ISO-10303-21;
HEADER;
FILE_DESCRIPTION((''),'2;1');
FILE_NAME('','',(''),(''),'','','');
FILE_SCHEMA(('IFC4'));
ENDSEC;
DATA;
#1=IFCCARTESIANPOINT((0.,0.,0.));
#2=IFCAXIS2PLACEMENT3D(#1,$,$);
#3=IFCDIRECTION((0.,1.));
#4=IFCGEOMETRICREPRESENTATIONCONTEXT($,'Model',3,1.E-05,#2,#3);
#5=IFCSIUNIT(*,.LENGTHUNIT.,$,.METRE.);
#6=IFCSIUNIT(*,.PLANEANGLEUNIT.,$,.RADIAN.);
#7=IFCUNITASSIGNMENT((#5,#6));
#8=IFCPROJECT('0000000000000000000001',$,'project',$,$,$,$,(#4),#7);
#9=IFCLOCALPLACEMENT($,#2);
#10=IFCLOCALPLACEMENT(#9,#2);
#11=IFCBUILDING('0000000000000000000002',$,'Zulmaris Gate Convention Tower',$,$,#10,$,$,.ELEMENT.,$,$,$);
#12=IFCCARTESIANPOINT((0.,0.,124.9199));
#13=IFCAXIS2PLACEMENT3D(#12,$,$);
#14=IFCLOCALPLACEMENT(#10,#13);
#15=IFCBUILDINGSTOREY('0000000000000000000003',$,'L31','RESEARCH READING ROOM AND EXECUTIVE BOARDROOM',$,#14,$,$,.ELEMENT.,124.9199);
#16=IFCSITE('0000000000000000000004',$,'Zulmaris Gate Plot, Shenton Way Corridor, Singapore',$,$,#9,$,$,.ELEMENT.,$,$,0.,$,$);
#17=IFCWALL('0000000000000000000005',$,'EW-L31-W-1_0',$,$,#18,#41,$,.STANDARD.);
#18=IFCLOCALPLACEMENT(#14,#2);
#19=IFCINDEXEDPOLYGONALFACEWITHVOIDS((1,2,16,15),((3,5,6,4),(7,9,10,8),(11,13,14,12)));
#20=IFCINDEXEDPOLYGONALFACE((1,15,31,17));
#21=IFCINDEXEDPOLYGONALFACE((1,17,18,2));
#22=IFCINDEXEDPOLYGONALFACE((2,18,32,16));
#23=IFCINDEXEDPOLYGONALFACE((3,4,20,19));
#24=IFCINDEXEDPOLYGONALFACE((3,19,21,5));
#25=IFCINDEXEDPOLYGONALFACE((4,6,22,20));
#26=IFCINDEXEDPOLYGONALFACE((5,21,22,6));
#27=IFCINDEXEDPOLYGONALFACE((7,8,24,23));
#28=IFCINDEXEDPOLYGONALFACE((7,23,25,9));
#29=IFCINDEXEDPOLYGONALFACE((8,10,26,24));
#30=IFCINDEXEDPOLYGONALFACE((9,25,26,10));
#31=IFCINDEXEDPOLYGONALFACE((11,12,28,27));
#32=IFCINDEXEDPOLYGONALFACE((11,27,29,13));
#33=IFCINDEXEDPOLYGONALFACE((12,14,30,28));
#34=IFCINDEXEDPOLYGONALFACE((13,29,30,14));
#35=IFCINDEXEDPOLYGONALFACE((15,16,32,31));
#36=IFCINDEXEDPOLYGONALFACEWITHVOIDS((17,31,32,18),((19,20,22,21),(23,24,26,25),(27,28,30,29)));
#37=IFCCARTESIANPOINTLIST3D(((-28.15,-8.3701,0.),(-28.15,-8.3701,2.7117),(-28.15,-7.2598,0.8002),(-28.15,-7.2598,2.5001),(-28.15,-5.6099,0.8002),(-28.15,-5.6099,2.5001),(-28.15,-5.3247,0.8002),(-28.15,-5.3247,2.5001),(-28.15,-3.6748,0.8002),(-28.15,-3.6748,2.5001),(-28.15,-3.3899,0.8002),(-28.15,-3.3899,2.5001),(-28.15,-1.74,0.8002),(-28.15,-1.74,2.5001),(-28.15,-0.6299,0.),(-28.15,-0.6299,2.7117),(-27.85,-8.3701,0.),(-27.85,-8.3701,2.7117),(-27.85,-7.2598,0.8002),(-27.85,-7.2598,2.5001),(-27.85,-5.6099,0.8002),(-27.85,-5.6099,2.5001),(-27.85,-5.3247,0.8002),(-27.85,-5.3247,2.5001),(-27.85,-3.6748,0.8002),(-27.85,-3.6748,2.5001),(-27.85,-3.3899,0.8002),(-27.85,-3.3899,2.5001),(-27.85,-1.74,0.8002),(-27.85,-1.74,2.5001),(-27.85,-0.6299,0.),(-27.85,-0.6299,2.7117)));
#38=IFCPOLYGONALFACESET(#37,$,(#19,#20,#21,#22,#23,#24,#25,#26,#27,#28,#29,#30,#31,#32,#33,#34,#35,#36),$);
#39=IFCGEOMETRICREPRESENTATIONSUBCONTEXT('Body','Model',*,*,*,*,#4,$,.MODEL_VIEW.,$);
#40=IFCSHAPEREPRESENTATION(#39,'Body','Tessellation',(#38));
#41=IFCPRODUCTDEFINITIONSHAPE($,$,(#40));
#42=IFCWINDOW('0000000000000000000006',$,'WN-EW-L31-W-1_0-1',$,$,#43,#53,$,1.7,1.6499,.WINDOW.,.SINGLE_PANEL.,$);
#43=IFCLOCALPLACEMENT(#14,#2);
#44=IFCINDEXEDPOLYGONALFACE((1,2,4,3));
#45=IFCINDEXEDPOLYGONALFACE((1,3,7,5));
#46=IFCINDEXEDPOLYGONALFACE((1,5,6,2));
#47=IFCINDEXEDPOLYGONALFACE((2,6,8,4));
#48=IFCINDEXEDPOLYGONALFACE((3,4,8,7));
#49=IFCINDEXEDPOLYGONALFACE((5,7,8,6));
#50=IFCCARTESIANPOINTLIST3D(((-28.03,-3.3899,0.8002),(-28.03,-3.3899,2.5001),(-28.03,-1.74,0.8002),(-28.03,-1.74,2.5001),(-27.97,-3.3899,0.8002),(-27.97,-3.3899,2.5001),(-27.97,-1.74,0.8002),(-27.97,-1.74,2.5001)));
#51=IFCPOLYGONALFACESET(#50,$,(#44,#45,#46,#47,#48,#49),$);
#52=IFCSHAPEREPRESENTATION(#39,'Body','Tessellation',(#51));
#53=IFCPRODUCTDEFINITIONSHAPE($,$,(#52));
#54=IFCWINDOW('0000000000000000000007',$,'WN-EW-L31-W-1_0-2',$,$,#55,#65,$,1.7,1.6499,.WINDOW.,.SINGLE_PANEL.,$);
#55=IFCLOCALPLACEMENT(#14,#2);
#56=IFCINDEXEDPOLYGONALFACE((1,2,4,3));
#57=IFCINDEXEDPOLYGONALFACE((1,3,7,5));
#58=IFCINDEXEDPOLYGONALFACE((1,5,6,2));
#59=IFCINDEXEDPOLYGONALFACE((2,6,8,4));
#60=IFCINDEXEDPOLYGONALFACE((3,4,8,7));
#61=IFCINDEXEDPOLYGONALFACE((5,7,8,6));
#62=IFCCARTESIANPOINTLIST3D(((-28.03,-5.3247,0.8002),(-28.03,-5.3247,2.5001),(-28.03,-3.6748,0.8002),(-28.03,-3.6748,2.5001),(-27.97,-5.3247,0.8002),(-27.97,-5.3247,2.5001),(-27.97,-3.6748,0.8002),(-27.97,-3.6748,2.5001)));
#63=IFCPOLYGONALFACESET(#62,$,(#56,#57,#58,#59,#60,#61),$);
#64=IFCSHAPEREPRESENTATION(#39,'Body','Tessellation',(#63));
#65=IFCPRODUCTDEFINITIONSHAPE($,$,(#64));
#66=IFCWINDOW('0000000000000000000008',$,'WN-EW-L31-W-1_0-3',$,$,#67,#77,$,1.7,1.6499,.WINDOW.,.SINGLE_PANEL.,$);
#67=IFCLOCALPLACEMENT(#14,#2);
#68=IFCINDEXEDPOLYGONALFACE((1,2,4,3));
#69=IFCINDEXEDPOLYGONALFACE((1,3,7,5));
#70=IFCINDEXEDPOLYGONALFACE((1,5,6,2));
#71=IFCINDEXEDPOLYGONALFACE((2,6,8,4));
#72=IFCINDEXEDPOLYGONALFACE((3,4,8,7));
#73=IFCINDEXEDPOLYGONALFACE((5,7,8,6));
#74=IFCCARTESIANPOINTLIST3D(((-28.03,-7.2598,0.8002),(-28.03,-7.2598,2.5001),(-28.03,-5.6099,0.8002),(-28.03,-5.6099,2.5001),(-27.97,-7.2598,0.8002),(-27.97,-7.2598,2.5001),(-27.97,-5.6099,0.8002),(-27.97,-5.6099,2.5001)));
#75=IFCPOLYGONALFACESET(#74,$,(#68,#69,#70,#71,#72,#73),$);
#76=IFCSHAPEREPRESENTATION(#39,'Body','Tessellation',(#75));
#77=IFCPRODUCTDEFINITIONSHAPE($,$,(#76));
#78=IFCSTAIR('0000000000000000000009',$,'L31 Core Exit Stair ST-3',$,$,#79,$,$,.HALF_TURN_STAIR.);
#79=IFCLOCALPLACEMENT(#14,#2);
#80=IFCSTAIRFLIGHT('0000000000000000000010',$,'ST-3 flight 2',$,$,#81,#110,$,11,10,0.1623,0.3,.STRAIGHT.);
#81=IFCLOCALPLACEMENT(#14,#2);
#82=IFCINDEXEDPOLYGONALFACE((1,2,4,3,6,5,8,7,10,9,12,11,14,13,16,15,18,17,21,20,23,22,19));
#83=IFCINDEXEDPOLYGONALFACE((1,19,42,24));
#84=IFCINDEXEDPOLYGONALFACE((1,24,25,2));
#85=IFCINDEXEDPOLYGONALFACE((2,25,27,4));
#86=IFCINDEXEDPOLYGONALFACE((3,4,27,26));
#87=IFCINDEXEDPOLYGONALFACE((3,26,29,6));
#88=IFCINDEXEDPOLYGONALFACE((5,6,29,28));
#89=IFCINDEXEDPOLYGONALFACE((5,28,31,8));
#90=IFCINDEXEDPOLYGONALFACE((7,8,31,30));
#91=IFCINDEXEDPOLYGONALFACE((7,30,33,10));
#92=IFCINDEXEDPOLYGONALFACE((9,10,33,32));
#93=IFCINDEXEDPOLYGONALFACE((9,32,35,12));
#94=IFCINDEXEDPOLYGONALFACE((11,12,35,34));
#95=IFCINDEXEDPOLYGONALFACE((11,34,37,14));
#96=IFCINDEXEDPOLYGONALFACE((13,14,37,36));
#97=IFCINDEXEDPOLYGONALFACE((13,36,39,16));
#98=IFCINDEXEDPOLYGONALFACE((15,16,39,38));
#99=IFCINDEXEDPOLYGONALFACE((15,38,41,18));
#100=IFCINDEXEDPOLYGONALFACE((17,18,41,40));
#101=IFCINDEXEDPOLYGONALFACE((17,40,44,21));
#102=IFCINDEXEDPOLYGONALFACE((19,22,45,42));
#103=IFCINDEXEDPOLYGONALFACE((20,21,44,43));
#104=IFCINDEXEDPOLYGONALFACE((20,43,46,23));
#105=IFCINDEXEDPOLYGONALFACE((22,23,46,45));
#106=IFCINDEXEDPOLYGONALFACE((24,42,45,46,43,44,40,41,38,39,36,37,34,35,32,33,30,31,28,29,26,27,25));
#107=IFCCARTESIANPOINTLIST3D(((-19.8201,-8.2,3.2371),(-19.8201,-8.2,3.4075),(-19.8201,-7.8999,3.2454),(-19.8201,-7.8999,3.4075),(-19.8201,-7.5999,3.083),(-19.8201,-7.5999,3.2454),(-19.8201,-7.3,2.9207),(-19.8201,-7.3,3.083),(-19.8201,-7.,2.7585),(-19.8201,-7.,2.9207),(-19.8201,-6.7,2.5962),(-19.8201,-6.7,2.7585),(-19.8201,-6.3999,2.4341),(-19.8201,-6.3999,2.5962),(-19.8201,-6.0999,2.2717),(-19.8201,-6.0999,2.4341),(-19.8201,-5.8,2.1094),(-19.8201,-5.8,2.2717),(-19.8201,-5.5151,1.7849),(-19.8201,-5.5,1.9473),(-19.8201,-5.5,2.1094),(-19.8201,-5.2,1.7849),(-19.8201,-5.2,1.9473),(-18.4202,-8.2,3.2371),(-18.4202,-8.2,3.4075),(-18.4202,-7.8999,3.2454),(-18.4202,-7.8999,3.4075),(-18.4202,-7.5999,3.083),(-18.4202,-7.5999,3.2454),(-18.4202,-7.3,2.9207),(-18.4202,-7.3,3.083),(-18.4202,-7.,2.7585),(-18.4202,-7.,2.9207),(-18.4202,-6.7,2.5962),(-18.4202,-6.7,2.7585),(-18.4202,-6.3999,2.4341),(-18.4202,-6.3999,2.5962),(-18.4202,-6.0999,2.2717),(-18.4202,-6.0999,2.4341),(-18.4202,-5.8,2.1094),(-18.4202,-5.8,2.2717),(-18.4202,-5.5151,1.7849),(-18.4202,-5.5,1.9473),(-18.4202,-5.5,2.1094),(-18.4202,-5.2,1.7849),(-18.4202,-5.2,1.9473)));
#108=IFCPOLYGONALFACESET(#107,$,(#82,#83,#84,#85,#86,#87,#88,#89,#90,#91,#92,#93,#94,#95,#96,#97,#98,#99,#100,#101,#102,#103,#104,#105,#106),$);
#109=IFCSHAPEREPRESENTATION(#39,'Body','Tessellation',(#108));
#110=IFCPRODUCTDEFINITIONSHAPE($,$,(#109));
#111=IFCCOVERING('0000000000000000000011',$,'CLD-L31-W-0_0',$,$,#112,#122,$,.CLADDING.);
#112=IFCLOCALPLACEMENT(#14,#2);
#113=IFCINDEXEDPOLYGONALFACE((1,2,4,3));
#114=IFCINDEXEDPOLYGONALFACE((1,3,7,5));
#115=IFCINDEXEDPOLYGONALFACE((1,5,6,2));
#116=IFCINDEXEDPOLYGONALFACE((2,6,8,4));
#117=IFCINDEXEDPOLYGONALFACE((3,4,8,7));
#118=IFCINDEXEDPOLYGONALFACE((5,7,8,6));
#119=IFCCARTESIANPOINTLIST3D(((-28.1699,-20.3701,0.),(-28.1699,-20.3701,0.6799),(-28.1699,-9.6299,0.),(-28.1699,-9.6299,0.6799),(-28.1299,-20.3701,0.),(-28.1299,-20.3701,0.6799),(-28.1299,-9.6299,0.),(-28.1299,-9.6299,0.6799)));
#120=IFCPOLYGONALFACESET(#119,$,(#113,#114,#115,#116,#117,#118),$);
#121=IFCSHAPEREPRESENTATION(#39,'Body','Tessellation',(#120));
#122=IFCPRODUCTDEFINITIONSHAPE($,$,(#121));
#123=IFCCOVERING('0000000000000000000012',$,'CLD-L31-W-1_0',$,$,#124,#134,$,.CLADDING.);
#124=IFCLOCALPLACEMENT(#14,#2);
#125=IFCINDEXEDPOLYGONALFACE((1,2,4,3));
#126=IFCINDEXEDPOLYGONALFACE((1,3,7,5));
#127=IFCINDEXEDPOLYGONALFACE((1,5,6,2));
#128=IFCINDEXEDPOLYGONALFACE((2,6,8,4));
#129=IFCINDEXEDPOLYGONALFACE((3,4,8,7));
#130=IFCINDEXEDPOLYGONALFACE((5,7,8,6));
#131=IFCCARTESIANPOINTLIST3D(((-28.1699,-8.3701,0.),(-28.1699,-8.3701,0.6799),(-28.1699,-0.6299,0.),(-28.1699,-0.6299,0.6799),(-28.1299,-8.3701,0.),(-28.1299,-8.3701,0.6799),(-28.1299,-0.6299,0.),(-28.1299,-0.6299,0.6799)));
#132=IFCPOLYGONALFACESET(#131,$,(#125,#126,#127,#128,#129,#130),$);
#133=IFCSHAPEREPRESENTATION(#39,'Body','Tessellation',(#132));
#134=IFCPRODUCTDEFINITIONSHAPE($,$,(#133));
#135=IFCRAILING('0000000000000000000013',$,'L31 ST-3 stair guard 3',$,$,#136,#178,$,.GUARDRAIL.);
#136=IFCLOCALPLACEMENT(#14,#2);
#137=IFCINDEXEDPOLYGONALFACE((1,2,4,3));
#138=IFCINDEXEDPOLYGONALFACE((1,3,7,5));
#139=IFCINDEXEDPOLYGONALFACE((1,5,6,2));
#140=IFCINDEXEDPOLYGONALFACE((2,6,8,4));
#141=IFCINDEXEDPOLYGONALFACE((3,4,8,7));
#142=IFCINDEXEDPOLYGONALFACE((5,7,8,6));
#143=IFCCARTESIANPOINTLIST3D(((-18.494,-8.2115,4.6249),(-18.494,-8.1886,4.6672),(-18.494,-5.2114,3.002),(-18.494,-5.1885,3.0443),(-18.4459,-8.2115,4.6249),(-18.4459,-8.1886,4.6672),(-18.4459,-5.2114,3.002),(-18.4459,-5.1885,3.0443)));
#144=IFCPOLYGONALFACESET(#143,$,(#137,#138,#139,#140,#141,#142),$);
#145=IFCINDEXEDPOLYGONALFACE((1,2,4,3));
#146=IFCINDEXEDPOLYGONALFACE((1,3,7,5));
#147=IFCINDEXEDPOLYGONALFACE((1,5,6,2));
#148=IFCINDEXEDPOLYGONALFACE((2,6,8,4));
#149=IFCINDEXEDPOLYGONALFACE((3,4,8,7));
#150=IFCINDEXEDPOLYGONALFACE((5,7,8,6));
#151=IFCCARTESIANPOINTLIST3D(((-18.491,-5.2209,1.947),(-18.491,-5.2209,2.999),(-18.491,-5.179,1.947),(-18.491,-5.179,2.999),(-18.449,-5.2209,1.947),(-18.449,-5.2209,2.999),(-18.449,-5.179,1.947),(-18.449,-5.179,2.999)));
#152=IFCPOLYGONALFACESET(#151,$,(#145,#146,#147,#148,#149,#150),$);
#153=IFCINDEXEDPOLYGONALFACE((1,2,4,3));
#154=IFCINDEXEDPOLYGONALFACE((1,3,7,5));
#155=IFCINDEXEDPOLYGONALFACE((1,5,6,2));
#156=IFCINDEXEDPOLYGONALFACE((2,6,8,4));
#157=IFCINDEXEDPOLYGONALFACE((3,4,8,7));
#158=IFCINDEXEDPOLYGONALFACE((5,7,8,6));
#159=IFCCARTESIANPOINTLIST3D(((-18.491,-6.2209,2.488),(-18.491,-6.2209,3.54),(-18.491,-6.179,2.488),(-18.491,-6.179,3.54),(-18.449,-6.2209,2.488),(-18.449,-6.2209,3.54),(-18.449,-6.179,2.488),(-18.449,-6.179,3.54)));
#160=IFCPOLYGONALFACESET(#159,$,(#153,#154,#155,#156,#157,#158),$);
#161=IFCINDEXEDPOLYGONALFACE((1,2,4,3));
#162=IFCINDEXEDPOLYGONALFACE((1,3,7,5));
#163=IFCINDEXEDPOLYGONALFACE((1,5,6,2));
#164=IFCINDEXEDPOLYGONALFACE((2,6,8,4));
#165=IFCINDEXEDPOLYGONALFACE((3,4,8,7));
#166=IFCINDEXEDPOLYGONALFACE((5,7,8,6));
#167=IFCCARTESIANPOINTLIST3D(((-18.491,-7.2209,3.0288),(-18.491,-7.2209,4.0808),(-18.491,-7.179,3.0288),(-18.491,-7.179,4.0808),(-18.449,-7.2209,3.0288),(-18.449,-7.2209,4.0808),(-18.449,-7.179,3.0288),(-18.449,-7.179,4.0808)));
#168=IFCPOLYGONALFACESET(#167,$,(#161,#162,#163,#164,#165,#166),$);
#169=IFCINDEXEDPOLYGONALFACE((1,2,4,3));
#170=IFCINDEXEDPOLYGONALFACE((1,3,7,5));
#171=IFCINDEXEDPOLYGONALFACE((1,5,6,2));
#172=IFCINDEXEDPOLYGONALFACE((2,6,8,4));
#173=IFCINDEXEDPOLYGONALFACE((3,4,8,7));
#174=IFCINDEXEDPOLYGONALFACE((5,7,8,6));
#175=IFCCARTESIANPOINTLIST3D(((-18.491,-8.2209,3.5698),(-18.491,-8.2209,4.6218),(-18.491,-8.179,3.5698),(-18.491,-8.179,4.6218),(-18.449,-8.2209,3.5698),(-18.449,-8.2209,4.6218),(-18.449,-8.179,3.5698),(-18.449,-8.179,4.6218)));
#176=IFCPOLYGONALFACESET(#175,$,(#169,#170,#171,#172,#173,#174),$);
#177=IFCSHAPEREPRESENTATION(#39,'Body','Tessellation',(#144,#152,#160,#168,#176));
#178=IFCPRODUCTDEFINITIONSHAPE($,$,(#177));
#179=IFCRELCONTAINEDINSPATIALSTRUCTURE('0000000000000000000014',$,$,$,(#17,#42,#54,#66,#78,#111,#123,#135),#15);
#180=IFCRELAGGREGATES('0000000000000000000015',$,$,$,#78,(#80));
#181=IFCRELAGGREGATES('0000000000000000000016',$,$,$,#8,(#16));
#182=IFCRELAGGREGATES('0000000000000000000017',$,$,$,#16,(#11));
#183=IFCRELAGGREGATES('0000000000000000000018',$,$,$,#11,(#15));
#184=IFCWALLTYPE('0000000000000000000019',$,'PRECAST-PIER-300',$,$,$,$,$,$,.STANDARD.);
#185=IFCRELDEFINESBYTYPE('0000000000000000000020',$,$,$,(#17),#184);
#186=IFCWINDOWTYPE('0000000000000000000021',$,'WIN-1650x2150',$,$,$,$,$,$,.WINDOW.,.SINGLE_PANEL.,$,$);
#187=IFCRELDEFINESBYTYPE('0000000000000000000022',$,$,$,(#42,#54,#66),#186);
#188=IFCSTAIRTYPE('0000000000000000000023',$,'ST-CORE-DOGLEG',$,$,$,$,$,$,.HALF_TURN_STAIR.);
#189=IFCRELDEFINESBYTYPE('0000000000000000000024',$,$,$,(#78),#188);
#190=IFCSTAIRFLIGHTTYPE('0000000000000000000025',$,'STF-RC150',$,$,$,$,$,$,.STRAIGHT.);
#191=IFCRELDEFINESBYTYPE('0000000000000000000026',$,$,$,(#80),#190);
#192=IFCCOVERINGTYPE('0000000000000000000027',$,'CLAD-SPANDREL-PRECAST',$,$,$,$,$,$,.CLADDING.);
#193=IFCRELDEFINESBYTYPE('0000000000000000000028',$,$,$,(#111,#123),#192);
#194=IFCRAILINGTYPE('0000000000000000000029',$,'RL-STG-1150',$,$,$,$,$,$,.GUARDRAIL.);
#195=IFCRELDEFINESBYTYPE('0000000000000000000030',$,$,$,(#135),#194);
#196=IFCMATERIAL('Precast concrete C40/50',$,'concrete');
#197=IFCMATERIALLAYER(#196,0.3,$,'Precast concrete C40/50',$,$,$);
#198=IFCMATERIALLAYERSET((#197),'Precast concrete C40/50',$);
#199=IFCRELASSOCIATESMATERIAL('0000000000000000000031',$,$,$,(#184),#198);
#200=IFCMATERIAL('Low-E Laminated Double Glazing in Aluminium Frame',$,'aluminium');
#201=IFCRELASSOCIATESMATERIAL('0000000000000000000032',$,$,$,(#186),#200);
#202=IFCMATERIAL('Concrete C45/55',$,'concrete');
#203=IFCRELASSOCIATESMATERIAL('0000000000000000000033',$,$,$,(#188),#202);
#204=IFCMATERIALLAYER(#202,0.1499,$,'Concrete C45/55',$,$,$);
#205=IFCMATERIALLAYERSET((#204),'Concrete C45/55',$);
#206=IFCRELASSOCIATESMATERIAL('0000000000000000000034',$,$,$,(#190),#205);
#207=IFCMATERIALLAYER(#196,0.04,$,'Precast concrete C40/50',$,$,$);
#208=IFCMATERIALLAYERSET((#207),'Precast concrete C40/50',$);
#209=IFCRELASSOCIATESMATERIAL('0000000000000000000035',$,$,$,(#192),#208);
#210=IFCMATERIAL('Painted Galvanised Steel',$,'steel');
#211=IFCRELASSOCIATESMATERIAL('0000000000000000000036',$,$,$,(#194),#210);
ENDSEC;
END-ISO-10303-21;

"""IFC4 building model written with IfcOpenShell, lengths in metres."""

from ifc_helpers import new_model, si_unit, direction, frame, frame_2d, origin, origin_2d, place, context, subcontext, project, spatial, polyline, rectangle, outline, extrude, material, layer, layer_set, type_object, element, fill, aggregate, save


model = new_model("IFC4")

# Units and contexts
model_context = context("Model", 3, precision=1e-05, world=origin(), true_north=direction((0.0, 1.0)))
body_context = subcontext(model_context, "Body", "Model", "MODEL_VIEW")
ifc_project = project(units=[si_unit("LENGTHUNIT", "METRE"), si_unit("PLANEANGLEUNIT", "RADIAN")], contexts=[model_context])

# Site, building, storey
site_placement = place(None, origin())
site = spatial("IfcSite", under=ifc_project, at=site_placement, Name="Zulmaris Gate Plot, Shenton Way Corridor, Singapore", CompositionType="ELEMENT", RefElevation=0.0)
building_placement = place(site_placement, origin())
building = spatial("IfcBuilding", under=site, at=building_placement, Name="Zulmaris Gate Convention Tower", CompositionType="ELEMENT")
storey_placement = place(building_placement, frame((0.0, 0.0, 124.9199)))
storey = spatial("IfcBuildingStorey", under=building, at=storey_placement, Name="L31", Description="RESEARCH READING ROOM AND EXECUTIVE BOARDROOM", CompositionType="ELEMENT", Elevation=124.9199)

# Shared definitions
ifc_material_1 = material(Name="Precast concrete C40/50", Category="concrete")
ifc_layer_1 = layer(ifc_material_1, 0.3, Name="Precast concrete C40/50")
ifc_layer_set_1 = layer_set([ifc_layer_1], Name="Precast concrete C40/50")
wall_type_1 = type_object("IfcWallType", Name="PRECAST-PIER-300", PredefinedType="STANDARD", material=ifc_layer_set_1)

# Wall, openings, windows
wall_1_placement = place(storey_placement, frame((-28.0, -0.6299, 0.0), z_axis=(0.0, 0.0, 1.0), x_axis=(0.0, -1.0, 0.0)))
wall_1 = element("IfcWall", 1, at=wall_1_placement, inside=storey, type_object=wall_type_1, Name="EW-L31-W-1_0", PredefinedType="STANDARD", context=body_context, shape_type="SweptSolid", body=[
    extrude(rectangle(XDim=7.7402, YDim=0.3, at=frame_2d((3.8701, 0.0))), origin(), (0.0, 0.0, 1.0), 2.7117),
])
opening_1_placement = place(wall_1_placement, frame((1.1101, 0.0, 0.8)))
opening_1 = element("IfcOpeningElement", 2, at=opening_1_placement, cuts=wall_1, PredefinedType="OPENING", context=body_context, shape_type="SweptSolid", body=[
    extrude(rectangle(XDim=1.6499, YDim=1.7, at=frame_2d((0.825, 0.8501))), frame((0.0, 0.1602, 0.0), z_axis=(0.0, -1.0, 0.0), x_axis=(1.0, 0.0, 0.0)), (0.0, 0.0, 1.0), 0.3201),
])
opening_2_placement = place(wall_1_placement, frame((3.0449, 0.0, 0.8)))
opening_2 = element("IfcOpeningElement", 3, at=opening_2_placement, cuts=wall_1, PredefinedType="OPENING", context=body_context, shape_type="SweptSolid", body=[
    extrude(rectangle(XDim=1.6499, YDim=1.7, at=frame_2d((0.825, 0.8501))), frame((0.0, 0.1602, 0.0), z_axis=(0.0, -1.0, 0.0), x_axis=(1.0, 0.0, 0.0)), (0.0, 0.0, 1.0), 0.3201),
])
opening_3_placement = place(wall_1_placement, frame((4.98, 0.0, 0.8)))
opening_3 = element("IfcOpeningElement", 4, at=opening_3_placement, cuts=wall_1, PredefinedType="OPENING", context=body_context, shape_type="SweptSolid", body=[
    extrude(rectangle(XDim=1.6499, YDim=1.7, at=frame_2d((0.825, 0.8501))), frame((0.0, 0.1602, 0.0), z_axis=(0.0, -1.0, 0.0), x_axis=(1.0, 0.0, 0.0)), (0.0, 0.0, 1.0), 0.3201),
])
ifc_material_2 = material(Name="Low-E Laminated Double Glazing in Aluminium Frame", Category="aluminium")
window_type = type_object("IfcWindowType", Name="WIN-1650x2150", PartitioningType="SINGLE_PANEL", PredefinedType="WINDOW", material=ifc_material_2)
window_1_placement = place(opening_1_placement, origin())
window_1 = element("IfcWindow", 5, at=window_1_placement, inside=storey, type_object=window_type, Name="WN-EW-L31-W-1_0-1", OverallHeight=1.7, OverallWidth=1.6499, PartitioningType="SINGLE_PANEL", PredefinedType="WINDOW", context=body_context, shape_type="SweptSolid", body=[
    extrude(rectangle(XDim=1.6499, YDim=1.7, at=frame_2d((0.825, 0.8501))), frame((0.0, 0.03, 0.0), z_axis=(0.0, -1.0, 0.0), x_axis=(1.0, 0.0, 0.0)), (0.0, 0.0, 1.0), 0.0601),
])
fill(opening_1, window_1)
window_2_placement = place(opening_2_placement, origin())
window_2 = element("IfcWindow", 6, at=window_2_placement, inside=storey, type_object=window_type, Name="WN-EW-L31-W-1_0-2", OverallHeight=1.7, OverallWidth=1.6499, PartitioningType="SINGLE_PANEL", PredefinedType="WINDOW", context=body_context, shape_type="SweptSolid", body=[
    extrude(rectangle(XDim=1.6499, YDim=1.7, at=frame_2d((0.825, 0.8501))), frame((0.0, 0.03, 0.0), z_axis=(0.0, -1.0, 0.0), x_axis=(1.0, 0.0, 0.0)), (0.0, 0.0, 1.0), 0.0601),
])
fill(opening_2, window_2)
window_3_placement = place(opening_3_placement, origin())
window_3 = element("IfcWindow", 7, at=window_3_placement, inside=storey, type_object=window_type, Name="WN-EW-L31-W-1_0-3", OverallHeight=1.7, OverallWidth=1.6499, PartitioningType="SINGLE_PANEL", PredefinedType="WINDOW", context=body_context, shape_type="SweptSolid", body=[
    extrude(rectangle(XDim=1.6499, YDim=1.7, at=frame_2d((0.825, 0.8501))), frame((0.0, 0.03, 0.0), z_axis=(0.0, -1.0, 0.0), x_axis=(1.0, 0.0, 0.0)), (0.0, 0.0, 1.0), 0.0601),
])
fill(opening_3, window_3)

# Stair, stair flight
ifc_material_3 = material(Name="Concrete C45/55", Category="concrete")
stair_type = type_object("IfcStairType", Name="ST-CORE-DOGLEG", PredefinedType="HALF_TURN_STAIR", material=ifc_material_3)
stair_placement = place(storey_placement, origin())
stair = element("IfcStair", 8, at=stair_placement, inside=storey, type_object=stair_type, Name="L31 Core Exit Stair ST-3", PredefinedType="HALF_TURN_STAIR")
ifc_layer_2 = layer(ifc_material_3, 0.1499, Name="Concrete C45/55")
ifc_layer_set_2 = layer_set([ifc_layer_2], Name="Concrete C45/55")
stair_flight_type = type_object("IfcStairFlightType", Name="STF-RC150", PredefinedType="STRAIGHT", material=ifc_layer_set_2)
stair_flight_placement = place(storey_placement, frame((-19.1201, -5.2, 1.7849), z_axis=(0.0, 0.0, 1.0), x_axis=(0.0, -1.0, 0.0)))
stair_flight = element("IfcStairFlight", 9, at=stair_flight_placement, type_object=stair_flight_type, Name="ST-3 flight 2", NumberOfRisers=11, NumberOfTreads=10, PredefinedType="STRAIGHT", RiserHeight=0.1623, TreadLength=0.3, context=body_context, shape_type="SweptSolid", body=[
    extrude(outline(polyline([(0.0, 0.0), (0.0, 0.1624), (0.3, 0.1624), (0.3, 0.3245), (0.6001, 0.3245), (0.6001, 0.4868), (0.8999, 0.4868), (0.8999, 0.6492), (1.2, 0.6492), (1.2, 0.8113), (1.5, 0.8113), (1.5, 0.9736), (1.8, 0.9736), (1.8, 1.1357), (2.1001, 1.1357), (2.1001, 1.2981), (2.3999, 1.2981), (2.3999, 1.4604), (2.7, 1.4604), (2.7, 1.6226), (3.0, 1.6226), (3.0, 1.7849), (3.0, 1.4521), (0.3152, 0.0), (0.0, 0.0)])), frame((0.0, 0.7, 0.0), z_axis=(0.0, -1.0, 0.0), x_axis=(1.0, 0.0, 0.0)), (0.0, 0.0, 1.0), 1.3999),
])
aggregate(stair, [stair_flight])

# Coverings
ifc_layer_3 = layer(ifc_material_1, 0.04, Name="Precast concrete C40/50")
ifc_layer_set_3 = layer_set([ifc_layer_3], Name="Precast concrete C40/50")
covering_type = type_object("IfcCoveringType", Name="CLAD-SPANDREL-PRECAST", PredefinedType="CLADDING", material=ifc_layer_set_3)
covering_1_placement = place(storey_placement, frame((-28.1499, -9.6299, 0.0), z_axis=(0.0, 0.0, 1.0), x_axis=(0.0, -1.0, 0.0)))
element("IfcCovering", 10, at=covering_1_placement, inside=storey, type_object=covering_type, Name="CLD-L31-W-0_0", PredefinedType="CLADDING", context=body_context, shape_type="SweptSolid", body=[
    extrude(rectangle(XDim=10.7402, YDim=0.04, at=frame_2d((5.3701, 0.0))), origin(), (0.0, 0.0, 1.0), 0.6799),
])
covering_2_placement = place(storey_placement, frame((-28.1499, -0.6299, 0.0), z_axis=(0.0, 0.0, 1.0), x_axis=(0.0, -1.0, 0.0)))
element("IfcCovering", 11, at=covering_2_placement, inside=storey, type_object=covering_type, Name="CLD-L31-W-1_0", PredefinedType="CLADDING", context=body_context, shape_type="SweptSolid", body=[
    extrude(rectangle(XDim=7.7402, YDim=0.04, at=frame_2d((3.8701, 0.0))), origin(), (0.0, 0.0, 1.0), 0.6799),
])

# Railing
ifc_material_4 = material(Name="Painted Galvanised Steel", Category="steel")
railing_type_1 = type_object("IfcRailingType", Name="RL-STG-1150", PredefinedType="GUARDRAIL", material=ifc_material_4)
railing_1_placement = place(storey_placement, frame((-18.47, -5.2, 1.947)))
element("IfcRailing", 12, at=railing_1_placement, inside=storey, type_object=railing_type_1, Name="L31 ST-3 stair guard 3", PredefinedType="GUARDRAIL", context=body_context, shape_type="SweptSolid", body=[
    extrude(rectangle(XDim=0.0481, YDim=0.0481, at=origin_2d()), frame((0.0, 0.0, 1.0762), z_axis=(0.0, -0.879562, 0.475785), x_axis=(1.0, 0.0, 0.0)), (0.0, 0.0, 1.0), 3.4109),
    extrude(rectangle(XDim=0.042, YDim=0.042, at=origin_2d()), origin(), (0.0, 0.0, 1.0), 1.052),
    extrude(rectangle(XDim=0.042, YDim=0.042, at=origin_2d()), frame((0.0, -1.0, 0.541)), (0.0, 0.0, 1.0), 1.052),
    extrude(rectangle(XDim=0.042, YDim=0.042, at=origin_2d()), frame((0.0, -2.0, 1.0818)), (0.0, 0.0, 1.0), 1.052),
    extrude(rectangle(XDim=0.042, YDim=0.042, at=origin_2d()), frame((0.0, -3.0, 1.6228)), (0.0, 0.0, 1.0), 1.052),
])

save(model, "model.ifc")
